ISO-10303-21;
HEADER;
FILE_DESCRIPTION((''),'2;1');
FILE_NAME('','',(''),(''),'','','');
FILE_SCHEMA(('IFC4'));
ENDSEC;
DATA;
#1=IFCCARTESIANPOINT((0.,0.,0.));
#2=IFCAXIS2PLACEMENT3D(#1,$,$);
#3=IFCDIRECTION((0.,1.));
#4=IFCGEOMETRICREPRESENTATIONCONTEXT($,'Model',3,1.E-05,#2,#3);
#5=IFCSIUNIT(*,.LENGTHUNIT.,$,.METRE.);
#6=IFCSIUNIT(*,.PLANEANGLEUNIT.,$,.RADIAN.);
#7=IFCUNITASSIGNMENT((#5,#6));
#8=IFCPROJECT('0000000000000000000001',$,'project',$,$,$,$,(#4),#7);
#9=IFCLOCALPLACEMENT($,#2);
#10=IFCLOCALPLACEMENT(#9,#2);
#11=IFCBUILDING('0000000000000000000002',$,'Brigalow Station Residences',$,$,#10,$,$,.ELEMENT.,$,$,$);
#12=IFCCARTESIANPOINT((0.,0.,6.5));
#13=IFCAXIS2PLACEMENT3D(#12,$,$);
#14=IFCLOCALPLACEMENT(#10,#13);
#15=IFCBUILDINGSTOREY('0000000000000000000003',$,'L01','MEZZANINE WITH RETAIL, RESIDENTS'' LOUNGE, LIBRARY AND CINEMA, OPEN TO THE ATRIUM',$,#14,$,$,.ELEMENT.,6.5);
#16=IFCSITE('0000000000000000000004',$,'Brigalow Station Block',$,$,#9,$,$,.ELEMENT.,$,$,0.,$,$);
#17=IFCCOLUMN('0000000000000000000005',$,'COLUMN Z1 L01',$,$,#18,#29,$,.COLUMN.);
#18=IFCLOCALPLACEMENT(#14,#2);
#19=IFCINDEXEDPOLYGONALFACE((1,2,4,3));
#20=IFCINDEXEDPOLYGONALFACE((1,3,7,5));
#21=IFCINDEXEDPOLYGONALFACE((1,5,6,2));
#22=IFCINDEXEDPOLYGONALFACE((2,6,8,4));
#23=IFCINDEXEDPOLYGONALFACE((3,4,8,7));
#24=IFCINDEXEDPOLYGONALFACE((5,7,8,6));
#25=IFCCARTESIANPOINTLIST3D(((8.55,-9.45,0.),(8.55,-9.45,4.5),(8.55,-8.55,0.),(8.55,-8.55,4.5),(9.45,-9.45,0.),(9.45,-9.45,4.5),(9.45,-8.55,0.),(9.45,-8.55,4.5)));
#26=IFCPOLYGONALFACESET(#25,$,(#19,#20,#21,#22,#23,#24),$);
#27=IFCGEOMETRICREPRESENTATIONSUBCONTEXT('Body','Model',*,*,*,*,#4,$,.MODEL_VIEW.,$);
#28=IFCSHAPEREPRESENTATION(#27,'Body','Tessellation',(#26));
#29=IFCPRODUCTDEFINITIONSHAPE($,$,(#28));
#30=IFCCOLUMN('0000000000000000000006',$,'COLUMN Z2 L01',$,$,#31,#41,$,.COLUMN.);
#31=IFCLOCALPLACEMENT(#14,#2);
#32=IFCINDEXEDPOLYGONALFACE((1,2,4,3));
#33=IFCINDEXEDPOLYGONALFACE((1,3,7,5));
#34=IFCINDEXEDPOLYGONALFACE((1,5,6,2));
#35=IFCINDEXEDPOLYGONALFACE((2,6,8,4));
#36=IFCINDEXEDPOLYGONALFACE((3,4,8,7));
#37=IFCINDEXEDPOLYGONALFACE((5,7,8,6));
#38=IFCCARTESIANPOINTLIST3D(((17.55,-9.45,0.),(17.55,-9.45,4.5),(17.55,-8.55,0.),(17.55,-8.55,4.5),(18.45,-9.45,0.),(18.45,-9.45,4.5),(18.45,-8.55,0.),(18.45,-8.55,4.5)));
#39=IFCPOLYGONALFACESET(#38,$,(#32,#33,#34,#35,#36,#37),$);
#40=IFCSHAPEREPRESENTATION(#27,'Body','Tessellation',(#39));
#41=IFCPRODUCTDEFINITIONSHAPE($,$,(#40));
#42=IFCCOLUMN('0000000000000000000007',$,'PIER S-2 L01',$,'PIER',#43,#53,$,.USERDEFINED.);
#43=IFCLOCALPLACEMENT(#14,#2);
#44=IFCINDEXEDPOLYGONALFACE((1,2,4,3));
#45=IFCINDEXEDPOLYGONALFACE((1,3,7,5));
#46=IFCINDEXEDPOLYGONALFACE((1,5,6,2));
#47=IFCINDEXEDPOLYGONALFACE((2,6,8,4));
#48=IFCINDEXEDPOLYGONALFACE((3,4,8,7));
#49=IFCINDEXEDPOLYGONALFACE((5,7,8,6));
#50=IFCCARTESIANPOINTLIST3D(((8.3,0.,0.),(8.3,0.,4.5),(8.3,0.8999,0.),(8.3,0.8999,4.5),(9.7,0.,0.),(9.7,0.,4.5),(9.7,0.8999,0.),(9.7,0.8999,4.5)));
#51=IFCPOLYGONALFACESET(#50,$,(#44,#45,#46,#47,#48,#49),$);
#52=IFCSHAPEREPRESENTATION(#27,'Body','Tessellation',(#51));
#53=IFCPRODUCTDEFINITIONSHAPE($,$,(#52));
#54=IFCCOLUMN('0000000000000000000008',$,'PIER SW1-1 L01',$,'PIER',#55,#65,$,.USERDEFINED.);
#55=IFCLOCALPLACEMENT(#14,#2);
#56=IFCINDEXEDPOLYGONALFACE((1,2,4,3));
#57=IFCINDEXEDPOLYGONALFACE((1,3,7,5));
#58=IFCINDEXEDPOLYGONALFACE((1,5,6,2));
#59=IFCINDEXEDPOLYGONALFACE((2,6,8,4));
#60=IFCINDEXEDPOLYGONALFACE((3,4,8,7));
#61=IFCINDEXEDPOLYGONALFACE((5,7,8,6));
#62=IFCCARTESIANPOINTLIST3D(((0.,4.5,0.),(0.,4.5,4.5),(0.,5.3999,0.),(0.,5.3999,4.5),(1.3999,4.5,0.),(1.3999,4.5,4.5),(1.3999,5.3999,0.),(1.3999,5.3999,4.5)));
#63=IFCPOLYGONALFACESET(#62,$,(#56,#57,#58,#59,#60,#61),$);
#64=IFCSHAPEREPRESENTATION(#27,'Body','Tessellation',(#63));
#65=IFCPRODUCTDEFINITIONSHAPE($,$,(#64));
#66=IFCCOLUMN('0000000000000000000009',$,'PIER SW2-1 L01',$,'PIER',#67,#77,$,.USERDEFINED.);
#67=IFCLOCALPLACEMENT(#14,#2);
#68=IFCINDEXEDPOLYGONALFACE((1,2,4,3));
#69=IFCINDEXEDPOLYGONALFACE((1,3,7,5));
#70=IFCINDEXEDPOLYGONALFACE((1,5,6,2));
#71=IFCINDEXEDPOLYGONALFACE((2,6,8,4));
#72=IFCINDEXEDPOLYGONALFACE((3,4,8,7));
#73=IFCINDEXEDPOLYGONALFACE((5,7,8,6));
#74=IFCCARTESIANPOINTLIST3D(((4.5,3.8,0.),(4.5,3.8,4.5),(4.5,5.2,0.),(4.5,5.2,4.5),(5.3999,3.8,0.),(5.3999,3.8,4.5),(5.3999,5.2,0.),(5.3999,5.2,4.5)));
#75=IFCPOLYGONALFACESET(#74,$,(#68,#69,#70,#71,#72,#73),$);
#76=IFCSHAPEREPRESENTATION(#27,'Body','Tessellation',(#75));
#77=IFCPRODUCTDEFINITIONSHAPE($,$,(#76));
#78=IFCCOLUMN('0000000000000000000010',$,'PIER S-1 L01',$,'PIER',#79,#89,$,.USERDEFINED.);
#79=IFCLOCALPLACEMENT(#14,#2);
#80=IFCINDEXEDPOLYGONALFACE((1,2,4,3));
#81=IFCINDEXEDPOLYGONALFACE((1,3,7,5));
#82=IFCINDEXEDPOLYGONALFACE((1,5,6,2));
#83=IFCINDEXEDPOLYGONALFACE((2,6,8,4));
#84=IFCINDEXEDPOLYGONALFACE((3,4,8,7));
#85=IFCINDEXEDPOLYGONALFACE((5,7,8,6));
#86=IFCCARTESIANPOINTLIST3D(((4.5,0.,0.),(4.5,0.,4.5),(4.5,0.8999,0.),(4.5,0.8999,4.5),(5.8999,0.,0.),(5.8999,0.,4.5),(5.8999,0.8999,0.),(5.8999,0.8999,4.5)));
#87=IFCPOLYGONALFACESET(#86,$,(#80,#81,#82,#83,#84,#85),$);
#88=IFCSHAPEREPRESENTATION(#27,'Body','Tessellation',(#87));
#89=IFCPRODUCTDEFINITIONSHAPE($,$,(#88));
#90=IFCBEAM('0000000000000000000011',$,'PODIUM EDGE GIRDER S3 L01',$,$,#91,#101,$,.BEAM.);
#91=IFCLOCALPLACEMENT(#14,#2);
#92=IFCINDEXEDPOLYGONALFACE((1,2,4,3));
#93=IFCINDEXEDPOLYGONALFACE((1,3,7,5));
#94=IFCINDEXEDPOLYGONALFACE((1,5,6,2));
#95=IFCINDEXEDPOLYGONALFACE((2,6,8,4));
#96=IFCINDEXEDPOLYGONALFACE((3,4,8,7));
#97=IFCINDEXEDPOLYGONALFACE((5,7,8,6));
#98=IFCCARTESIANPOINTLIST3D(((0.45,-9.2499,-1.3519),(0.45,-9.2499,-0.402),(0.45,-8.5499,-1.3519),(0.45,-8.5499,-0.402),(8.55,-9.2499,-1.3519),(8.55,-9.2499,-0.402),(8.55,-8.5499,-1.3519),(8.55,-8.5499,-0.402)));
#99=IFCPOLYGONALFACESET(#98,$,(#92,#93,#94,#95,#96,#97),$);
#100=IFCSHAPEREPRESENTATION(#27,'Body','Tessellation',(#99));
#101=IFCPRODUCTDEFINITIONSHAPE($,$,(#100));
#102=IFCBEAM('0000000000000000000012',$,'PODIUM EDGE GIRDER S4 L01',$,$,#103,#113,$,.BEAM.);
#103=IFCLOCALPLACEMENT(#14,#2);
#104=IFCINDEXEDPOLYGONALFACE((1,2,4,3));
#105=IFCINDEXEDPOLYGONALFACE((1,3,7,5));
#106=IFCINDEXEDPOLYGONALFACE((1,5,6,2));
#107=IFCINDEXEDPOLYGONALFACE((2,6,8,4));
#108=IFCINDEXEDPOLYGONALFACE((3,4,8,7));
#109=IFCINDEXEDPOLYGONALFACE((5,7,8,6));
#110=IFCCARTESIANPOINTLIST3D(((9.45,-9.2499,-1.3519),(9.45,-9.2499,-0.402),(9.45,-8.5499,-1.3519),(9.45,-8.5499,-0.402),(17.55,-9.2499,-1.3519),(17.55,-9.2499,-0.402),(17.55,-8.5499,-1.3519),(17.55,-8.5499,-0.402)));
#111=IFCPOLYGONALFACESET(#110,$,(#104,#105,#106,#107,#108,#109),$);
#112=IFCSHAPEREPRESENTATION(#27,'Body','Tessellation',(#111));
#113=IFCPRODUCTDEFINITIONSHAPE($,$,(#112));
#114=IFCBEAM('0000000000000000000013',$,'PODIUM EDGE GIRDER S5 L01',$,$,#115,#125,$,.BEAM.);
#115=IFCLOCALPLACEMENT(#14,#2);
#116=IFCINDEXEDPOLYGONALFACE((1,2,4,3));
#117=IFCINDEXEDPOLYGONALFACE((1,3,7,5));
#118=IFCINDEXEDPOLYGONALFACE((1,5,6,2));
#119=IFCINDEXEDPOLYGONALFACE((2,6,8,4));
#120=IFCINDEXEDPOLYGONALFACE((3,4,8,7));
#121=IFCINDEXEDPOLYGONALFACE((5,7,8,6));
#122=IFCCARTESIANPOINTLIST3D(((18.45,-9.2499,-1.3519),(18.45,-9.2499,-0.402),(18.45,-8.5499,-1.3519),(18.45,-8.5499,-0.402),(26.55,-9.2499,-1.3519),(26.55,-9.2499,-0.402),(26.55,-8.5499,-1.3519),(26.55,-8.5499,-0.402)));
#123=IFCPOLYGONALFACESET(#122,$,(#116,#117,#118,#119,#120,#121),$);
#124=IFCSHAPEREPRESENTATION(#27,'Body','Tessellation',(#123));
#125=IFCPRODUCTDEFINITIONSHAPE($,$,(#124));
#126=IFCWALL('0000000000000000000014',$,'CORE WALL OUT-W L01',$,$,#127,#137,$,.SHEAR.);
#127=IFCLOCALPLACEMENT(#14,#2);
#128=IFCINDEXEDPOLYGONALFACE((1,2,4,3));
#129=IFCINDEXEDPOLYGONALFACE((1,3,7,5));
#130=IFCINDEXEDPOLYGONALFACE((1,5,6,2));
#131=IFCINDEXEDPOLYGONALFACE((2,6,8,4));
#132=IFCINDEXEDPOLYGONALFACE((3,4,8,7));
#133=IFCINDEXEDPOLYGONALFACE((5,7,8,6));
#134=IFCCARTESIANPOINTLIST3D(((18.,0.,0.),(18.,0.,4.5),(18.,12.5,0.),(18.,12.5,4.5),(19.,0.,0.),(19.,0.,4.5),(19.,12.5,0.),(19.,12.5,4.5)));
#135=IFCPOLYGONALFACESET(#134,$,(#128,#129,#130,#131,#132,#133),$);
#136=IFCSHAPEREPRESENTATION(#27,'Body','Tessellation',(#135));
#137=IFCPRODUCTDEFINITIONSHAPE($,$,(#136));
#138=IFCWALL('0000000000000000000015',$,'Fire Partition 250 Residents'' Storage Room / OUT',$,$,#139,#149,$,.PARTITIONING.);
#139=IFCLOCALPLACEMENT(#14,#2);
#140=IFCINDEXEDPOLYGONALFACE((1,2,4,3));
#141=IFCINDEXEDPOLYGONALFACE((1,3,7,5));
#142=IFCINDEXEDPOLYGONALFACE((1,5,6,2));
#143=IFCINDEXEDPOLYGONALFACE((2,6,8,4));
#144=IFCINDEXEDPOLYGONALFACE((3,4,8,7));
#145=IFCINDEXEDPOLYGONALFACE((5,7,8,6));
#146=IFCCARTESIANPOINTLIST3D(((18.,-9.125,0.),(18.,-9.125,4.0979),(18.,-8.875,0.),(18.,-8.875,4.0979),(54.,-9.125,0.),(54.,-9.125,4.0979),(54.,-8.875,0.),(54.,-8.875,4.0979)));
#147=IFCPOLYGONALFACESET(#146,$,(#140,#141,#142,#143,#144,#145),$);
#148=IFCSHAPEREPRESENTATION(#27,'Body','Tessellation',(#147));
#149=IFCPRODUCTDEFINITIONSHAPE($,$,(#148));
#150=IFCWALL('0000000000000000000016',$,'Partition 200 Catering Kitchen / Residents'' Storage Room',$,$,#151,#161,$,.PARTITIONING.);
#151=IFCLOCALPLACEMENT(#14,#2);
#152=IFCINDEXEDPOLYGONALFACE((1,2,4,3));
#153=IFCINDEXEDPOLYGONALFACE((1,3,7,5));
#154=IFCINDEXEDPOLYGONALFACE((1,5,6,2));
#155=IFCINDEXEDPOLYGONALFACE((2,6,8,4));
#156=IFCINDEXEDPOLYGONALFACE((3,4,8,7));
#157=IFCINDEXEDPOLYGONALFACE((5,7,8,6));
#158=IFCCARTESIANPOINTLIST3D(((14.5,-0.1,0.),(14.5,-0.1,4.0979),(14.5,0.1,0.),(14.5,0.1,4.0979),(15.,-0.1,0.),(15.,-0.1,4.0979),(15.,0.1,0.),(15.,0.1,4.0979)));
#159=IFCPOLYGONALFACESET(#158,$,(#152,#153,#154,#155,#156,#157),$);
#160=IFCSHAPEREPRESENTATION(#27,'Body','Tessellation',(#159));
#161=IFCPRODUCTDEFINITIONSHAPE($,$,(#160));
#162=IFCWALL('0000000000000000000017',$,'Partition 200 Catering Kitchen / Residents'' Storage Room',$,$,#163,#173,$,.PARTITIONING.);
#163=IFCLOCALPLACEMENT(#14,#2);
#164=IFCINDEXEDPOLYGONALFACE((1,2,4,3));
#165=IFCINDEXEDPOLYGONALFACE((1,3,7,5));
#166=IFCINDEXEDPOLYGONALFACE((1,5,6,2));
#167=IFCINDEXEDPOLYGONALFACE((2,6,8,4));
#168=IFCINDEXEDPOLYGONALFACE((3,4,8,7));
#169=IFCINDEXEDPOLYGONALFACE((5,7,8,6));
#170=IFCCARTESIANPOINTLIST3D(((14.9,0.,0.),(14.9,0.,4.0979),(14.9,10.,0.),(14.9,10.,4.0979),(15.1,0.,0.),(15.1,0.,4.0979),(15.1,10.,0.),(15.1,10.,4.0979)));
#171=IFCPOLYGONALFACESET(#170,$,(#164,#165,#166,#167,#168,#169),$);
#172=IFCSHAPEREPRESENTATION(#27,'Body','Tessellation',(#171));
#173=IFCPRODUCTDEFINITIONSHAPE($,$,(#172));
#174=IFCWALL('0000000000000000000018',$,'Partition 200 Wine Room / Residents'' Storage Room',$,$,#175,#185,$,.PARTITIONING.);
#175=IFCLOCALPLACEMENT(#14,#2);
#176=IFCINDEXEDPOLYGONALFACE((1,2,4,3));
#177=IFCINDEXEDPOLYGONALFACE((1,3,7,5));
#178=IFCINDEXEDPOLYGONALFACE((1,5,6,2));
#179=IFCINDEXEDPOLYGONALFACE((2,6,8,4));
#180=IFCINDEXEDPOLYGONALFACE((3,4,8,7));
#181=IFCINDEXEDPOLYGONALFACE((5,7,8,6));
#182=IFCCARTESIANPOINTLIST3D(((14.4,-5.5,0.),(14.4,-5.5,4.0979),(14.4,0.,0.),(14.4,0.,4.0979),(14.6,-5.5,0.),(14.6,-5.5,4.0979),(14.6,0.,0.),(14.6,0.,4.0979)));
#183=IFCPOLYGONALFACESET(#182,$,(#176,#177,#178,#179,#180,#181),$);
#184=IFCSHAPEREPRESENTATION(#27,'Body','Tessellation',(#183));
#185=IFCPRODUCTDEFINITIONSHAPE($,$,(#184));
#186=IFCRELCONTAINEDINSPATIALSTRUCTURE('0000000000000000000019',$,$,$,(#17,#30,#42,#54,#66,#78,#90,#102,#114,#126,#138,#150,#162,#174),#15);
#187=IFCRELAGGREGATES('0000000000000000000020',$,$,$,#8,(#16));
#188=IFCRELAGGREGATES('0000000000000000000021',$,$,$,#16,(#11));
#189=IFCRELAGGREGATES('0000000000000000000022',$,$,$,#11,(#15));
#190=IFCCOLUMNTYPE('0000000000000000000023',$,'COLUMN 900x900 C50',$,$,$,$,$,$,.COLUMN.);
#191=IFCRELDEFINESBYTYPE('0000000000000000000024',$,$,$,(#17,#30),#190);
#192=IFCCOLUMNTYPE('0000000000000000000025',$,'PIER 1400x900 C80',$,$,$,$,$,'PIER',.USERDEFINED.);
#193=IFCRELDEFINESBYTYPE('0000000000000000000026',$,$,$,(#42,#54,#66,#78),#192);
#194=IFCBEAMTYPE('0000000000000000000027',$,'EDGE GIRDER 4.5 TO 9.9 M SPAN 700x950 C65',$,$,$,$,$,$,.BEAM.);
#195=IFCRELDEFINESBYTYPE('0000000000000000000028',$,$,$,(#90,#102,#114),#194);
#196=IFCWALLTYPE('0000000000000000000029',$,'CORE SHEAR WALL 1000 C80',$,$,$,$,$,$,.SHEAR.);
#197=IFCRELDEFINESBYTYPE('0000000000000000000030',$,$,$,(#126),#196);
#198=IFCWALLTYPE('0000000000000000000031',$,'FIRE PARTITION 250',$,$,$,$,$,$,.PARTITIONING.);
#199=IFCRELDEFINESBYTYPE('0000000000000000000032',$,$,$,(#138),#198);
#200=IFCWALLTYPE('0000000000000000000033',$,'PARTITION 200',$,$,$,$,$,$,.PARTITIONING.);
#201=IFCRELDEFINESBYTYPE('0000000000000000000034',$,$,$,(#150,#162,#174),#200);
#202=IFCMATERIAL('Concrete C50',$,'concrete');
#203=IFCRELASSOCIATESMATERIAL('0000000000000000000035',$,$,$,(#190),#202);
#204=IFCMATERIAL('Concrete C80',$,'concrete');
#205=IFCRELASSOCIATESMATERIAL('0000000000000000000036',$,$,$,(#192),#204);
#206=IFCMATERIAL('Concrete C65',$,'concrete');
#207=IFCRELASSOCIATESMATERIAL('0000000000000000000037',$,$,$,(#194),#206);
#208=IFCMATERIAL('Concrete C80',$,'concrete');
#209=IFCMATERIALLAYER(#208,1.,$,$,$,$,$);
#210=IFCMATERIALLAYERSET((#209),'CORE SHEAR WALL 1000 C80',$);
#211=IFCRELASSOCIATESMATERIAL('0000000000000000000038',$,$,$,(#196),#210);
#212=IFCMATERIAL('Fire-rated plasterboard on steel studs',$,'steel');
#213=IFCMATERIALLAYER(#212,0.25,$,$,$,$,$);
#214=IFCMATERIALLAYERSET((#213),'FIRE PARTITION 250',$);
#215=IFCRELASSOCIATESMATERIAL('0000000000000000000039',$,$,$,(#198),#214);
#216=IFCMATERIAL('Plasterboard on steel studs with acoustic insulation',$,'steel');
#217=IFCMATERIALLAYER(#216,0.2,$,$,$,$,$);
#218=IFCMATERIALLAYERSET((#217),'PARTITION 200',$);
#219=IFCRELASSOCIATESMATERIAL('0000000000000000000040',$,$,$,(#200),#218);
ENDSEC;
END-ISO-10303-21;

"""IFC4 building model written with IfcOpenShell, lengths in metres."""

from ifc_helpers import new_model, si_unit, direction, frame, frame_2d, origin, origin_2d, place, context, subcontext, project, spatial, rectangle, extrude, material, layer, layer_set, material_profile, profile_set, type_object, element, save


model = new_model("IFC4")

# Units and contexts
model_context = context("Model", 3, precision=1e-05, world=origin(), true_north=direction((0.0, 1.0)))
body_context = subcontext(model_context, "Body", "Model", "MODEL_VIEW")
ifc_project = project(units=[si_unit("LENGTHUNIT", "METRE"), si_unit("PLANEANGLEUNIT", "RADIAN")], contexts=[model_context])

# Site, building, storey
site_placement = place(None, origin())
site = spatial("IfcSite", under=ifc_project, at=site_placement, Name="Brigalow Station Block", CompositionType="ELEMENT", RefElevation=0.0)
building_placement = place(site_placement, origin())
building = spatial("IfcBuilding", under=site, at=building_placement, Name="Brigalow Station Residences", CompositionType="ELEMENT")
storey_placement = place(building_placement, frame((0.0, 0.0, 6.5)))
storey = spatial("IfcBuildingStorey", under=building, at=storey_placement, Name="L01", Description="MEZZANINE WITH RETAIL, RESIDENTS' LOUNGE, LIBRARY AND CINEMA, OPEN TO THE ATRIUM", CompositionType="ELEMENT", Elevation=6.5)

# Columns
ifc_material_1 = material(Name="Concrete C50", Category="concrete")
ifc_material_profile_1 = material_profile(ifc_material_1, rectangle(XDim=0.8999, YDim=0.8999, at=origin_2d()), Name="RC900x900")
ifc_profile_set_1 = profile_set([ifc_material_profile_1], Name="Concrete C50")
column_type_1 = type_object("IfcColumnType", Name="COLUMN 900x900 C50", PredefinedType="COLUMN", material=ifc_profile_set_1)
for number, where, z_axis, x_axis, name in (
    (1, (9.0, -9.0, 0.0), (0.0, 0.0, 1.0), (1.0, 0.0, 0.0), "COLUMN Z1 L01"),
    (2, (18.0, -9.0, 0.0), (0.0, 0.0, 1.0), (1.0, 0.0, 0.0), "COLUMN Z2 L01"),
):
    element("IfcColumn", number, at=place(storey_placement, frame(where, z_axis=z_axis, x_axis=x_axis)), inside=storey, type_object=column_type_1, Name=name, PredefinedType="COLUMN", context=body_context, shape_type="SweptSolid", body=[
        extrude(rectangle(XDim=0.8999, YDim=0.8999, at=origin_2d()), origin(), (0.0, 0.0, 1.0), 4.5),
    ])
ifc_material_2 = material(Name="Concrete C80", Category="concrete")
ifc_material_profile_2 = material_profile(ifc_material_2, rectangle(XDim=1.3999, YDim=0.8999, at=origin_2d()), Name="RC1400x900")
ifc_profile_set_2 = profile_set([ifc_material_profile_2], Name="Concrete C80")
column_type_2 = type_object("IfcColumnType", Name="PIER 1400x900 C80", ElementType="PIER", PredefinedType="USERDEFINED", material=ifc_profile_set_2)
for number, where, z_axis, x_axis, name in (
    (3, (9.0, 0.45, 0.0), (0.0, 0.0, 1.0), (1.0, 0.0, 0.0), "PIER S-2 L01"),
    (4, (0.7, 4.95, 0.0), (0.0, 0.0, 1.0), (1.0, 0.0, 0.0), "PIER SW1-1 L01"),
    (5, (4.95, 4.5, 0.0), (0.0, 0.0, 1.0), (0.0, -1.0, 0.0), "PIER SW2-1 L01"),
    (6, (5.2, 0.45, 0.0), (0.0, 0.0, 1.0), (1.0, 0.0, 0.0), "PIER S-1 L01"),
):
    element("IfcColumn", number, at=place(storey_placement, frame(where, z_axis=z_axis, x_axis=x_axis)), inside=storey, type_object=column_type_2, Name=name, ObjectType="PIER", PredefinedType="USERDEFINED", context=body_context, shape_type="SweptSolid", body=[
        extrude(rectangle(XDim=1.3999, YDim=0.8999, at=origin_2d()), origin(), (0.0, 0.0, 1.0), 4.5),
    ])

# Beams
ifc_material_3 = material(Name="Concrete C65", Category="concrete")
ifc_material_profile_3 = material_profile(ifc_material_3, rectangle(XDim=0.7, YDim=0.95, at=origin_2d()), Name="RC700x950")
ifc_profile_set_3 = profile_set([ifc_material_profile_3], Name="Concrete C65")
beam_type = type_object("IfcBeamType", Name="EDGE GIRDER 4.5 TO 9.9 M SPAN 700x950 C65", PredefinedType="BEAM", material=ifc_profile_set_3)
for number, where, z_axis, x_axis, name in (
    (7, (0.45, -8.8999, -0.877), (1.0, 0.0, 0.0), (0.0, 1.0, 0.0), "PODIUM EDGE GIRDER S3 L01"),
    (8, (9.45, -8.8999, -0.877), (1.0, 0.0, 0.0), (0.0, 1.0, 0.0), "PODIUM EDGE GIRDER S4 L01"),
    (9, (18.45, -8.8999, -0.877), (1.0, 0.0, 0.0), (0.0, 1.0, 0.0), "PODIUM EDGE GIRDER S5 L01"),
):
    element("IfcBeam", number, at=place(storey_placement, frame(where, z_axis=z_axis, x_axis=x_axis)), inside=storey, type_object=beam_type, Name=name, PredefinedType="BEAM", context=body_context, shape_type="SweptSolid", body=[
        extrude(rectangle(XDim=0.7, YDim=0.95, at=origin_2d()), origin(), (0.0, 0.0, 1.0), 8.1001),
    ])

# Walls
ifc_material_4 = material(Name="Concrete C80", Category="concrete")
ifc_layer_1 = layer(ifc_material_4, 1.0)
ifc_layer_set_1 = layer_set([ifc_layer_1], Name="CORE SHEAR WALL 1000 C80")
wall_type_1 = type_object("IfcWallType", Name="CORE SHEAR WALL 1000 C80", PredefinedType="SHEAR", material=ifc_layer_set_1)
wall_1_placement = place(storey_placement, frame((18.5, 0.0, 0.0), z_axis=(0.0, 0.0, 1.0), x_axis=(0.0, 1.0, 0.0)))
element("IfcWall", 10, at=wall_1_placement, inside=storey, type_object=wall_type_1, Name="CORE WALL OUT-W L01", PredefinedType="SHEAR", context=body_context, shape_type="SweptSolid", body=[
    extrude(rectangle(XDim=12.5, YDim=1.0, at=frame_2d((6.25, 0.0))), origin(), (0.0, 0.0, 1.0), 4.5),
])
ifc_material_5 = material(Name="Fire-rated plasterboard on steel studs", Category="steel")
ifc_layer_2 = layer(ifc_material_5, 0.25)
ifc_layer_set_2 = layer_set([ifc_layer_2], Name="FIRE PARTITION 250")
wall_type_2 = type_object("IfcWallType", Name="FIRE PARTITION 250", PredefinedType="PARTITIONING", material=ifc_layer_set_2)
wall_2_placement = place(storey_placement, frame((18.0, -9.0, 0.0), z_axis=(0.0, 0.0, 1.0), x_axis=(1.0, 0.0, 0.0)))
element("IfcWall", 11, at=wall_2_placement, inside=storey, type_object=wall_type_2, Name="Fire Partition 250 Residents' Storage Room / OUT", PredefinedType="PARTITIONING", context=body_context, shape_type="SweptSolid", body=[
    extrude(rectangle(XDim=36.0, YDim=0.25, at=frame_2d((18.0, 0.0))), origin(), (0.0, 0.0, 1.0), 4.0979),
])
ifc_material_6 = material(Name="Plasterboard on steel studs with acoustic insulation", Category="steel")
ifc_layer_3 = layer(ifc_material_6, 0.2)
ifc_layer_set_3 = layer_set([ifc_layer_3], Name="PARTITION 200")
wall_type_3 = type_object("IfcWallType", Name="PARTITION 200", PredefinedType="PARTITIONING", material=ifc_layer_set_3)
wall_3_placement = place(storey_placement, frame((14.5, 0.0, 0.0), z_axis=(0.0, 0.0, 1.0), x_axis=(1.0, 0.0, 0.0)))
element("IfcWall", 12, at=wall_3_placement, inside=storey, type_object=wall_type_3, Name="Partition 200 Catering Kitchen / Residents' Storage Room", PredefinedType="PARTITIONING", context=body_context, shape_type="SweptSolid", body=[
    extrude(rectangle(XDim=0.5, YDim=0.2, at=frame_2d((0.25, 0.0))), origin(), (0.0, 0.0, 1.0), 4.0979),
])
wall_4_placement = place(storey_placement, frame((15.0, 0.0, 0.0), z_axis=(0.0, 0.0, 1.0), x_axis=(0.0, 1.0, 0.0)))
element("IfcWall", 13, at=wall_4_placement, inside=storey, type_object=wall_type_3, Name="Partition 200 Catering Kitchen / Residents' Storage Room", PredefinedType="PARTITIONING", context=body_context, shape_type="SweptSolid", body=[
    extrude(rectangle(XDim=10.0, YDim=0.2, at=frame_2d((5.0, 0.0))), origin(), (0.0, 0.0, 1.0), 4.0979),
])
wall_5_placement = place(storey_placement, frame((14.5, -5.5, 0.0), z_axis=(0.0, 0.0, 1.0), x_axis=(0.0, 1.0, 0.0)))
element("IfcWall", 14, at=wall_5_placement, inside=storey, type_object=wall_type_3, Name="Partition 200 Wine Room / Residents' Storage Room", PredefinedType="PARTITIONING", context=body_context, shape_type="SweptSolid", body=[
    extrude(rectangle(XDim=5.5, YDim=0.2, at=frame_2d((2.75, 0.0))), origin(), (0.0, 0.0, 1.0), 4.0979),
])

save(model, "model.ifc")
